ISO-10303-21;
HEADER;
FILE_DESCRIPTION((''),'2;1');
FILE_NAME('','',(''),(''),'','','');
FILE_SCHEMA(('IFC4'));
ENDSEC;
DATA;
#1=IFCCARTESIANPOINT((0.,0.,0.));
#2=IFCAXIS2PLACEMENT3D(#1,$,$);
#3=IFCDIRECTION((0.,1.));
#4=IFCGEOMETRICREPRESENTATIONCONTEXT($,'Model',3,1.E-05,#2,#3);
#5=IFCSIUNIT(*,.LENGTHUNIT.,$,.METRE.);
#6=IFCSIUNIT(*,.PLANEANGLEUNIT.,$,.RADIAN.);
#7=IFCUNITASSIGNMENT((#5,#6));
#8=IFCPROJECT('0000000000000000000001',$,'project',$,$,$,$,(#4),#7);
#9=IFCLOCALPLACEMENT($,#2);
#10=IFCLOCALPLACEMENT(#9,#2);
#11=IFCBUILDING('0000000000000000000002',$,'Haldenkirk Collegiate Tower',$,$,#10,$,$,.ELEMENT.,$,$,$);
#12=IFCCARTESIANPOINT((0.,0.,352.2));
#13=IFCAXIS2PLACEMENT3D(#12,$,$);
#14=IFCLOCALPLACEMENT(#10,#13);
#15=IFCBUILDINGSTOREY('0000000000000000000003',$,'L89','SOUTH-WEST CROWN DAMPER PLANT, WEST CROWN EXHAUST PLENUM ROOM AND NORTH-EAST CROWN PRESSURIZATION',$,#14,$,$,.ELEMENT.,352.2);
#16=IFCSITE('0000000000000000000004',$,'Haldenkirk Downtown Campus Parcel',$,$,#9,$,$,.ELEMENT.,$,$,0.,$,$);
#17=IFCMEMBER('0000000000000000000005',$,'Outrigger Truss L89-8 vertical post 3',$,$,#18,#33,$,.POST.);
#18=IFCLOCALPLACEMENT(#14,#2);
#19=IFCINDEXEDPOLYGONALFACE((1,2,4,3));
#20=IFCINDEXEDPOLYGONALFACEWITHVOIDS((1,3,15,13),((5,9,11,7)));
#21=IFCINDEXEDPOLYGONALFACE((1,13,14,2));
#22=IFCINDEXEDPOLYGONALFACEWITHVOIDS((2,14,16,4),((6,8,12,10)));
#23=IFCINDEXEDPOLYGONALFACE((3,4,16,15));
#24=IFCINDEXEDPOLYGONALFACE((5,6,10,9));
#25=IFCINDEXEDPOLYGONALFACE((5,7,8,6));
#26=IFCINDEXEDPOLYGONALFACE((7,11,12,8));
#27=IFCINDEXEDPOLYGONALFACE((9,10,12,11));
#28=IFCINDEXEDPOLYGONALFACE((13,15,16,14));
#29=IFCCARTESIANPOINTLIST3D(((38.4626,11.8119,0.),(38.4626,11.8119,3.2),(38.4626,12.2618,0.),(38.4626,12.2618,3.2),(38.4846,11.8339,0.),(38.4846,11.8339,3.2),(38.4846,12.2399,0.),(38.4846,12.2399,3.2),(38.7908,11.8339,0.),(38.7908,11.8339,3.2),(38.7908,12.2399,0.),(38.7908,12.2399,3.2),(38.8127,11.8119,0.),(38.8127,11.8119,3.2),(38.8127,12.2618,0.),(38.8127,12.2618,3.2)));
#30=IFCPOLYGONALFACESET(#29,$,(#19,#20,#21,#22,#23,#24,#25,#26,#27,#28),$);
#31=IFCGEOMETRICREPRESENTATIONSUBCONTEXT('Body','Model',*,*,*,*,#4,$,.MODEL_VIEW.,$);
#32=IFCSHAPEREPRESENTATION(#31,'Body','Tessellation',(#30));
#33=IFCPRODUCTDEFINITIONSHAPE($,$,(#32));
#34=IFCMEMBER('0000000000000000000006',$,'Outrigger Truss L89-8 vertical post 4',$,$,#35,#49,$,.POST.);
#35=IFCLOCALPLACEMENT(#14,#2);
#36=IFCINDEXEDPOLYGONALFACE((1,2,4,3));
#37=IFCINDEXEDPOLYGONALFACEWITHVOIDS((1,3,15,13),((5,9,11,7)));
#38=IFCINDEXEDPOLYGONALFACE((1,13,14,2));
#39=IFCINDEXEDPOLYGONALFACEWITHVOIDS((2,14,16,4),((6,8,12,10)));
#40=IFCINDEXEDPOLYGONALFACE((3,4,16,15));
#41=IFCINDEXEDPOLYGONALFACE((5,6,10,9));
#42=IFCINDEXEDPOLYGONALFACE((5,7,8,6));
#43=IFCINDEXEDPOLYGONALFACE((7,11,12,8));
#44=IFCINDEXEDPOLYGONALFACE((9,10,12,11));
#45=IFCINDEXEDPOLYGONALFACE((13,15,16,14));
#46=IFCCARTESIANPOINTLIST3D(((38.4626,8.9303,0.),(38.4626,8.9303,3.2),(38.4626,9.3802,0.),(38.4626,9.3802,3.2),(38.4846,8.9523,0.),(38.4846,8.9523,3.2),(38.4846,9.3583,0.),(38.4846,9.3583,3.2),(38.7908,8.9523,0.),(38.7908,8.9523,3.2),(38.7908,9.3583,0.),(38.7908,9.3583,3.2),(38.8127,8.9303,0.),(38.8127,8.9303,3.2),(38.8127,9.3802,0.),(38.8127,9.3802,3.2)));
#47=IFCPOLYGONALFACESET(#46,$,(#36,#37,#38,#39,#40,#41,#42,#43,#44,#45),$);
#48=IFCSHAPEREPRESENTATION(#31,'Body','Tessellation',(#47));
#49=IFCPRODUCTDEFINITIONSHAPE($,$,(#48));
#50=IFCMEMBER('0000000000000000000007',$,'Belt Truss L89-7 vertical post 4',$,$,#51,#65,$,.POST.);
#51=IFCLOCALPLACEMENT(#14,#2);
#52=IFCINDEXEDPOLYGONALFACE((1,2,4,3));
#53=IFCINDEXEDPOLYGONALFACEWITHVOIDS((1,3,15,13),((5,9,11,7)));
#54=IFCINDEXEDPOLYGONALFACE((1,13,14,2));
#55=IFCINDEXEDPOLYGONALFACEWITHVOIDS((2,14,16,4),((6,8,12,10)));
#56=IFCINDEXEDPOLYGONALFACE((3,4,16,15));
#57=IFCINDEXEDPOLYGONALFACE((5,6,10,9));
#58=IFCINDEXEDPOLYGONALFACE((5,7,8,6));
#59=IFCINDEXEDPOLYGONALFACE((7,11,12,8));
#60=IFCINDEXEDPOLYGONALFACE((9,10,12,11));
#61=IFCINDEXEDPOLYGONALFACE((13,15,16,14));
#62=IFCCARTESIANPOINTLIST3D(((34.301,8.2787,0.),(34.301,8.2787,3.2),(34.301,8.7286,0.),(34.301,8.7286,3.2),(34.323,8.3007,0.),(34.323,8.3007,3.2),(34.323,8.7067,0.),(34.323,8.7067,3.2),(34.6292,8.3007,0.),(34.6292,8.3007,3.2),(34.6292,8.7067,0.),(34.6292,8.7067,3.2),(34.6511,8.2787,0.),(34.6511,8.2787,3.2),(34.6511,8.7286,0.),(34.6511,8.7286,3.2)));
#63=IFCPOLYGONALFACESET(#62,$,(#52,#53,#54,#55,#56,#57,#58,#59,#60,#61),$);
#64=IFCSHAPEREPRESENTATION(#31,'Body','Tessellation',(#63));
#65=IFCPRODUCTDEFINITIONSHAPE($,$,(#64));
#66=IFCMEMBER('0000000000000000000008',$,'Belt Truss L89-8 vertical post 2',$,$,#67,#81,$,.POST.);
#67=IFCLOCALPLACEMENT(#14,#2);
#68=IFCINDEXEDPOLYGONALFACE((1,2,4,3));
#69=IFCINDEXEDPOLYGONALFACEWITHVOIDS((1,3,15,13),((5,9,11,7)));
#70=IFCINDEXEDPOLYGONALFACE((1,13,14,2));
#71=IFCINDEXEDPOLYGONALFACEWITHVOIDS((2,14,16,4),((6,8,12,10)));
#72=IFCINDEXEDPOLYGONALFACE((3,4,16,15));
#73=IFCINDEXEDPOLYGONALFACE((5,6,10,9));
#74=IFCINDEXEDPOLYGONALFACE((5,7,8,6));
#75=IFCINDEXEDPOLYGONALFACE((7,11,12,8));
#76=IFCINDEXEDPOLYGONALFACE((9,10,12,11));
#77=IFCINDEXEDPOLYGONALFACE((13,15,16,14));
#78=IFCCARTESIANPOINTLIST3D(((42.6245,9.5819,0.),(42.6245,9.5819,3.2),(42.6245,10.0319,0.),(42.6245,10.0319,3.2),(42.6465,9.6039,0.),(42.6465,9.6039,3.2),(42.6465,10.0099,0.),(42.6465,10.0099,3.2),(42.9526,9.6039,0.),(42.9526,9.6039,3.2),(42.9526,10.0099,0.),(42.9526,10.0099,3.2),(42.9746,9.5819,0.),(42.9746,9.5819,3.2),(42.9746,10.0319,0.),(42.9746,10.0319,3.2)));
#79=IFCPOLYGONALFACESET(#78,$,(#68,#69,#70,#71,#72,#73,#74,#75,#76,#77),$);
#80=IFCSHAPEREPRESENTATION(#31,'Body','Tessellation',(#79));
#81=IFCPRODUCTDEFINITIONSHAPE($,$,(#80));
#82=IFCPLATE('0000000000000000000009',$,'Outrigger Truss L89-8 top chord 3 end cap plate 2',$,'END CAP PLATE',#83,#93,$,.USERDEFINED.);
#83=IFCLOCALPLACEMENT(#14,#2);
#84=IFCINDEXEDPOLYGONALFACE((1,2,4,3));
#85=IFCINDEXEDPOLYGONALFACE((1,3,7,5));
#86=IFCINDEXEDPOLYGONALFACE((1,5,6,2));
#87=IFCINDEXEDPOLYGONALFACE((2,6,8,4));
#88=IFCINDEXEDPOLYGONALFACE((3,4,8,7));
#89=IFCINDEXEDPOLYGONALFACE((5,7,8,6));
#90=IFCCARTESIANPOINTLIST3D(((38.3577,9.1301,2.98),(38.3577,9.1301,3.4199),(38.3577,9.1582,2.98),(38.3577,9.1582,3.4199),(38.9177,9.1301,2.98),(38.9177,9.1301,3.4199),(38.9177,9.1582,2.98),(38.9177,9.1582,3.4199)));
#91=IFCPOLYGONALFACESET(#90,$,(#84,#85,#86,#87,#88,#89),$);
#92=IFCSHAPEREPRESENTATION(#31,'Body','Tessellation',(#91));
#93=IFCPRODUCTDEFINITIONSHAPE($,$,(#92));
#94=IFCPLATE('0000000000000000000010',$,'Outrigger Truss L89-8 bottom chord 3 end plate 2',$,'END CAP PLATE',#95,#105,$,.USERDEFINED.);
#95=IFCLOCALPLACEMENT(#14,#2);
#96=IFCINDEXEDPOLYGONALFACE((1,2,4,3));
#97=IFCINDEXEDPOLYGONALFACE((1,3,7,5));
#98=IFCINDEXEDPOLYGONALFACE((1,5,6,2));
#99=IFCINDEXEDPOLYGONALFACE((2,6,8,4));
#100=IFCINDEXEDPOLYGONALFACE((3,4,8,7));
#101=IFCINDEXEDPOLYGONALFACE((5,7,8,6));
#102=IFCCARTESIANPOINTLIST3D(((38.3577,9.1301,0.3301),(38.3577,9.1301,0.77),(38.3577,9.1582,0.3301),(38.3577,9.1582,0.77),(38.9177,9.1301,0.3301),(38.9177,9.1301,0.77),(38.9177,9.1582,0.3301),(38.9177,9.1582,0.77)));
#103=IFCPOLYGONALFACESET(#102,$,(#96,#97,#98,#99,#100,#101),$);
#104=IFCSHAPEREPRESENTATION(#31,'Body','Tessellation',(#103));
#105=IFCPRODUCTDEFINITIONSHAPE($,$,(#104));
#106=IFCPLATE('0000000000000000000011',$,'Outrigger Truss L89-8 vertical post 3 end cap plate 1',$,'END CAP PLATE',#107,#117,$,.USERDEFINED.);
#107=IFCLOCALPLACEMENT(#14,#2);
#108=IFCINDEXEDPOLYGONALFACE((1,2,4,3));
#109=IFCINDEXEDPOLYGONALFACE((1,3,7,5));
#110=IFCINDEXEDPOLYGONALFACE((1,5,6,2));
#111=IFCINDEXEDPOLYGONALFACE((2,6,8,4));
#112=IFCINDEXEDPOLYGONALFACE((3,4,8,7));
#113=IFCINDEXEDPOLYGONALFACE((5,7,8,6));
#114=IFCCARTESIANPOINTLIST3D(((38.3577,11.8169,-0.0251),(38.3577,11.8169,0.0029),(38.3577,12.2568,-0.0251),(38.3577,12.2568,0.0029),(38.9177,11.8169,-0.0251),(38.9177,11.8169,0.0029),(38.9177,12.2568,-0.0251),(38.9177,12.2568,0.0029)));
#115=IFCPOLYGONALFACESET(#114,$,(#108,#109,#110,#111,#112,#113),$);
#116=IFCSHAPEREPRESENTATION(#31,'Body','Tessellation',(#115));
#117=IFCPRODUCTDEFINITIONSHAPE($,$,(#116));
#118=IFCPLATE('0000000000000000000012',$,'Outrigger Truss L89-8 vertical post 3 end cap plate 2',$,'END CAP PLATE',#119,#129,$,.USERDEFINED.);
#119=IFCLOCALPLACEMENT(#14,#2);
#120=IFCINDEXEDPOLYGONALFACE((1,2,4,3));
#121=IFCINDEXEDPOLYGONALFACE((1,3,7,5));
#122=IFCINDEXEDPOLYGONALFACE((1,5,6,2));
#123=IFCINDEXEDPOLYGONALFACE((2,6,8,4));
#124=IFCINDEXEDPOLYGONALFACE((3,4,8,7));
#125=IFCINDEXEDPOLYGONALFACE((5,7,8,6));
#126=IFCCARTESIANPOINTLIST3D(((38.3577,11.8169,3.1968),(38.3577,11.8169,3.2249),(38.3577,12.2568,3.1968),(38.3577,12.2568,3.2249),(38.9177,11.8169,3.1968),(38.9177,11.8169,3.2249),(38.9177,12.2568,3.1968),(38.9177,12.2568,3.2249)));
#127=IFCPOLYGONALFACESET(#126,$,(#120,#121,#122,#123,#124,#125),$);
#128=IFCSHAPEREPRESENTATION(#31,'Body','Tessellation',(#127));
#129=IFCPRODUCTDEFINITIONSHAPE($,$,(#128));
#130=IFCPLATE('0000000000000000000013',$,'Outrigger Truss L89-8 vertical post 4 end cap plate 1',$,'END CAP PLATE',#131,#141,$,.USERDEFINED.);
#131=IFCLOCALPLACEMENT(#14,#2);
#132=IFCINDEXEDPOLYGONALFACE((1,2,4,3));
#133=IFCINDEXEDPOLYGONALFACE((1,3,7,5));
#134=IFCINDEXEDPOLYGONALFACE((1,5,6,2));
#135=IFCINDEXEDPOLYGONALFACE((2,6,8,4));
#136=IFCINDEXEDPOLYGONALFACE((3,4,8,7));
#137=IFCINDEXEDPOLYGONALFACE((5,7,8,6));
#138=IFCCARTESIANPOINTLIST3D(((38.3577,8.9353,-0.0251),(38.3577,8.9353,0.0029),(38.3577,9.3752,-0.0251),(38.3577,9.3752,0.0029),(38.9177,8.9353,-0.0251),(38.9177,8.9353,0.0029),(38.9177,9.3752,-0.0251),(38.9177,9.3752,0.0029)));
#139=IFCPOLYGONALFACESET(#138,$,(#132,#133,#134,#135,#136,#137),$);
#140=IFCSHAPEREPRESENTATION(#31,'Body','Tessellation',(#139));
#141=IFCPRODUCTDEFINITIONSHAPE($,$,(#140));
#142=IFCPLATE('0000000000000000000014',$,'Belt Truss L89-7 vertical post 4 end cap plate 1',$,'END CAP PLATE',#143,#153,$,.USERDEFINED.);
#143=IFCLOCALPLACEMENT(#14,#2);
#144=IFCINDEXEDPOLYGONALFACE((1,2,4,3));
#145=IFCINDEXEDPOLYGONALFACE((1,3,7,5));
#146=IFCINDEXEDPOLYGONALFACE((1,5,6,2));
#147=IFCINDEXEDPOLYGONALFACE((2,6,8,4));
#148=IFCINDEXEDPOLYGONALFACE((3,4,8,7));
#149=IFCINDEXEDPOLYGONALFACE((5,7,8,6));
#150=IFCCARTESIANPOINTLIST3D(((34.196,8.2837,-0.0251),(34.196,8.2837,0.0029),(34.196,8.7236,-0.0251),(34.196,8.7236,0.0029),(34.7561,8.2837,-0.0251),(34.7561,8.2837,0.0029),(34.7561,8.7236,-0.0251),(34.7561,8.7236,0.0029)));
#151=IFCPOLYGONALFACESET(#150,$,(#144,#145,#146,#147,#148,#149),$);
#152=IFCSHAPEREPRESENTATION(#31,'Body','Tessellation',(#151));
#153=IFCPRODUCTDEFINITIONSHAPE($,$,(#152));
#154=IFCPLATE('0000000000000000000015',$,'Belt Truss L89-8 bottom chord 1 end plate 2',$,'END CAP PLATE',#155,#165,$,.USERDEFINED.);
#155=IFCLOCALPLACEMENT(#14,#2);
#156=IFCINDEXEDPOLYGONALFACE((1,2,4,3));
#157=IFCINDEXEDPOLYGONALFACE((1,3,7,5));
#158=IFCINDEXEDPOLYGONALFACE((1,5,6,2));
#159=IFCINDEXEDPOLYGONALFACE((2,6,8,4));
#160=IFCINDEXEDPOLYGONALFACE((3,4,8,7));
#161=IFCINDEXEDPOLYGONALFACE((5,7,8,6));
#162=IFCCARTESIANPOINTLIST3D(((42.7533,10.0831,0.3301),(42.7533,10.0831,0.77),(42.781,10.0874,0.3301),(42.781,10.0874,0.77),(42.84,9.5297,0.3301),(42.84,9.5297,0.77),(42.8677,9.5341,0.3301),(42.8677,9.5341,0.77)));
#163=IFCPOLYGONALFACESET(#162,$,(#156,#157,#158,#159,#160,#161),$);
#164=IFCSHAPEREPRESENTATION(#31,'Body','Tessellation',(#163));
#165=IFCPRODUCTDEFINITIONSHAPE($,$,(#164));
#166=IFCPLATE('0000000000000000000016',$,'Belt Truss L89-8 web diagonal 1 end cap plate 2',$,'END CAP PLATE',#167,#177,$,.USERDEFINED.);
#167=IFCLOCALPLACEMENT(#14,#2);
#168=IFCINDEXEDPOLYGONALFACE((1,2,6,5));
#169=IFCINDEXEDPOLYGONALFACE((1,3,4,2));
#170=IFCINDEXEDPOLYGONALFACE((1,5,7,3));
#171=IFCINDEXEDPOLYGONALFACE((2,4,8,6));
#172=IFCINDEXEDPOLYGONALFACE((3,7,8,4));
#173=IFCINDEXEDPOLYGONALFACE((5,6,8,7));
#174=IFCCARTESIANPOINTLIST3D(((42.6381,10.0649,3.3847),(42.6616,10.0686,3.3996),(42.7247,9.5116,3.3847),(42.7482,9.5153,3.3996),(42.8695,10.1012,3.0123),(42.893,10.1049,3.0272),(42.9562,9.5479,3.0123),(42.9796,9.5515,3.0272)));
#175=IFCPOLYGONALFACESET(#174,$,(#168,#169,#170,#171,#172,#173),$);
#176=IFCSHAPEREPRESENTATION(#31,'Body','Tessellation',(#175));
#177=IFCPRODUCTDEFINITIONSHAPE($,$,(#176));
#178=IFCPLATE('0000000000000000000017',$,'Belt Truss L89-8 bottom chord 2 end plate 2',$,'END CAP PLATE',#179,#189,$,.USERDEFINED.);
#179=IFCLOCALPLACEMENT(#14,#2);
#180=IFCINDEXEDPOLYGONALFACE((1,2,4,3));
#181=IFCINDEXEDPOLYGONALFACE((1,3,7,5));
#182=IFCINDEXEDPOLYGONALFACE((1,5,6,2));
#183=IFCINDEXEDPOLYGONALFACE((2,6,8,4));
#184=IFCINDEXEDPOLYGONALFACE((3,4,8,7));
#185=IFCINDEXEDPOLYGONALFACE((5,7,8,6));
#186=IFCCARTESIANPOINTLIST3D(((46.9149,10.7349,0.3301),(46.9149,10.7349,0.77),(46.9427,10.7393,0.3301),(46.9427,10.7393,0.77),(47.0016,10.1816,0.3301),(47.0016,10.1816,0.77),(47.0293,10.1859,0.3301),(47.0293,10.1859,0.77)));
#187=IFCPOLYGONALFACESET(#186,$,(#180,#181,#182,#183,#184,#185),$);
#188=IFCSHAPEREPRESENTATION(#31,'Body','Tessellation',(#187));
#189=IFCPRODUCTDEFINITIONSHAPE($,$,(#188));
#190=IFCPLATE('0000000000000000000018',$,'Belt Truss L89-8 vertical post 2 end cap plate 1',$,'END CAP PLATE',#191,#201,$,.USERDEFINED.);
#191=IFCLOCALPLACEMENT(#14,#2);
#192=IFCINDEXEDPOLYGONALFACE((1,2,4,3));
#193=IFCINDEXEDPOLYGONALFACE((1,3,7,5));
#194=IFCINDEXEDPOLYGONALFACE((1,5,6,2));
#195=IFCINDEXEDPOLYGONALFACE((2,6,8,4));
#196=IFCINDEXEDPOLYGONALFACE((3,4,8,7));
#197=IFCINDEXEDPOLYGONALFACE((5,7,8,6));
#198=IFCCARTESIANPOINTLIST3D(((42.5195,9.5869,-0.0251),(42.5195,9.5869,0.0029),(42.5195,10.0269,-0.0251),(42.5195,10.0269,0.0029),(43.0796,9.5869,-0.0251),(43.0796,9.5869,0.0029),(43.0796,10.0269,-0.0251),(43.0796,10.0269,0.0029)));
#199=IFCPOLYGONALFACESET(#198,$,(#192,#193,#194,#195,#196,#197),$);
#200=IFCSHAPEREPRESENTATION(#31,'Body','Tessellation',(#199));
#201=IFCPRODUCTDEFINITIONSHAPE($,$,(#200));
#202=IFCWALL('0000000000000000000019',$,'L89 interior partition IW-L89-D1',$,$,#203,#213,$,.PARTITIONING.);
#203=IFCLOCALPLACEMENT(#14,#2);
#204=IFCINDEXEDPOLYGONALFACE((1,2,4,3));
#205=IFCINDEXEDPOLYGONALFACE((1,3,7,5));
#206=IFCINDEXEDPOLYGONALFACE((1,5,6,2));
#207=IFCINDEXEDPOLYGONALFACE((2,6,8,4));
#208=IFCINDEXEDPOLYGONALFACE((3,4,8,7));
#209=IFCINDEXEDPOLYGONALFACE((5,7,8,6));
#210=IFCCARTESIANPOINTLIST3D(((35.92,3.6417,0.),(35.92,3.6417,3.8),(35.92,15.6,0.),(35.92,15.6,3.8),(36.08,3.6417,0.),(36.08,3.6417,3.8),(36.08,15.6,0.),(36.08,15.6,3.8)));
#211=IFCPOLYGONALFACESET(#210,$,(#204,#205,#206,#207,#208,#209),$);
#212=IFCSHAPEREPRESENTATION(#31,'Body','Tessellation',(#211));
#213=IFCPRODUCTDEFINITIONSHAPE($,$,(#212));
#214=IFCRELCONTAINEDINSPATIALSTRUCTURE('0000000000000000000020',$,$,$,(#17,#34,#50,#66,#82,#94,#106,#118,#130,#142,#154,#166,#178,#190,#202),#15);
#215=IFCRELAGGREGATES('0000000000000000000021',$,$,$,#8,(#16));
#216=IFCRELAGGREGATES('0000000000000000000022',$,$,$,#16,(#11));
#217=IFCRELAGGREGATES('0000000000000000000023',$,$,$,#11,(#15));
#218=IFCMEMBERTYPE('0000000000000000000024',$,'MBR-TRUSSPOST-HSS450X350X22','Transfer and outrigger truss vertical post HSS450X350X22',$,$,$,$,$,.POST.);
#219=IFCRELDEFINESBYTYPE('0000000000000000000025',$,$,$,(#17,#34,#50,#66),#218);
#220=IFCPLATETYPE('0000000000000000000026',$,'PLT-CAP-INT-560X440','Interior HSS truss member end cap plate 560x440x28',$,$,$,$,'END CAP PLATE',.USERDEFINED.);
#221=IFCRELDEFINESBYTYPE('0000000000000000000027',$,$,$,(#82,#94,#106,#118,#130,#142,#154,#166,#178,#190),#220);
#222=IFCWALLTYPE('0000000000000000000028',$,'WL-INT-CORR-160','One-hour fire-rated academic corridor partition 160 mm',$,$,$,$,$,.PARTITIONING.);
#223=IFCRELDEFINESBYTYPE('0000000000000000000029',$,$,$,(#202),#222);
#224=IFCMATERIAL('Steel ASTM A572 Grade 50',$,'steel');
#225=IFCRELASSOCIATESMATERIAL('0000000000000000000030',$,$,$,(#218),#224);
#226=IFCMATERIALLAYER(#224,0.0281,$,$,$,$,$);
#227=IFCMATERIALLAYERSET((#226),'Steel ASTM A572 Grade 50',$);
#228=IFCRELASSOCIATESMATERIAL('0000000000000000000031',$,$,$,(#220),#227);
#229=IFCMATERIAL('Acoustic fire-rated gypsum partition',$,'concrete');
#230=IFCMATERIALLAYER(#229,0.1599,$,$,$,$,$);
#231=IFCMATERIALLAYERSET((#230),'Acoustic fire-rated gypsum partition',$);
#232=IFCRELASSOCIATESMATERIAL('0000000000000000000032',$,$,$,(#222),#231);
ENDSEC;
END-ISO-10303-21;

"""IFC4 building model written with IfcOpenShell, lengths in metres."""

from ifc_helpers import new_model, si_unit, direction, frame, frame_2d, origin, origin_2d, place, context, subcontext, project, spatial, rectangle, hollow_rectangle, extrude, source, transform, mapped, material, layer, layer_set, material_profile, profile_set, type_object, element, save


model = new_model("IFC4")

# Units and contexts
model_context = context("Model", 3, precision=1e-05, world=origin(), true_north=direction((0.0, 1.0)))
body_context = subcontext(model_context, "Body", "Model", "MODEL_VIEW")
ifc_project = project(units=[si_unit("LENGTHUNIT", "METRE"), si_unit("PLANEANGLEUNIT", "RADIAN")], contexts=[model_context])

# Site, building, storey
site_placement = place(None, origin())
site = spatial("IfcSite", under=ifc_project, at=site_placement, Name="Haldenkirk Downtown Campus Parcel", CompositionType="ELEMENT", RefElevation=0.0)
building_placement = place(site_placement, origin())
building = spatial("IfcBuilding", under=site, at=building_placement, Name="Haldenkirk Collegiate Tower", CompositionType="ELEMENT")
storey_placement = place(building_placement, frame((0.0, 0.0, 352.2)))
storey = spatial("IfcBuildingStorey", under=building, at=storey_placement, Name="L89", Description="SOUTH-WEST CROWN DAMPER PLANT, WEST CROWN EXHAUST PLENUM ROOM AND NORTH-EAST CROWN PRESSURIZATION", CompositionType="ELEMENT", Elevation=352.2)

# Members
ifc_material_1 = material(Name="Steel ASTM A572 Grade 50", Category="steel")
ifc_material_profile_1 = material_profile(ifc_material_1, hollow_rectangle(XDim=0.3501, YDim=0.45, WallThickness=0.022, at=origin_2d()), Name="HSS450X350X22")
ifc_profile_set_1 = profile_set([ifc_material_profile_1], Name="Steel ASTM A572 Grade 50")
member_type_1 = type_object("IfcMemberType", Name="MBR-TRUSSPOST-HSS450X350X22", Description="Transfer and outrigger truss vertical post HSS450X350X22", PredefinedType="POST", material=ifc_profile_set_1)
for number, where, z_axis, x_axis, name in (
    (1, (38.6377, 12.0369, 0.0), (0.0, 0.0, 1.0), (1.0, 0.0, 0.0), "Outrigger Truss L89-8 vertical post 3"),
    (2, (38.6377, 9.1553, 0.0), (0.0, 0.0, 1.0), (1.0, 0.0, 0.0), "Outrigger Truss L89-8 vertical post 4"),
    (3, (34.4761, 8.5037, 0.0), (0.0, 0.0, 1.0), (1.0, 0.0, 0.0), "Belt Truss L89-7 vertical post 4"),
    (4, (42.7996, 9.8069, 0.0), (0.0, 0.0, 1.0), (1.0, 0.0, 0.0), "Belt Truss L89-8 vertical post 2"),
):
    element("IfcMember", number, at=place(storey_placement, frame(where, z_axis=z_axis, x_axis=x_axis)), inside=storey, type_object=member_type_1, Name=name, PredefinedType="POST", context=body_context, shape_type="SweptSolid", body=[
        extrude(hollow_rectangle(XDim=0.3501, YDim=0.45, WallThickness=0.022, at=origin_2d()), origin(), (0.0, 0.0, 1.0), 3.2),
    ])

# Plates
ifc_layer_1 = layer(ifc_material_1, 0.0281)
ifc_layer_set_1 = layer_set([ifc_layer_1], Name="Steel ASTM A572 Grade 50")
plate_type = type_object("IfcPlateType", Name="PLT-CAP-INT-560X440", Description="Interior HSS truss member end cap plate 560x440x28", ElementType="END CAP PLATE", PredefinedType="USERDEFINED", material=ifc_layer_set_1)
shared_shape = source(origin(), body_context, "Body", "SweptSolid", [
    extrude(rectangle(XDim=0.5601, YDim=0.4399, at=origin_2d()), origin(), (0.0, 0.0, 1.0), 0.0281),
])
for number, where, z_axis, x_axis, name in (
    (5, (38.6377, 9.1582, 3.2), (0.0, -1.0, 0.0), (1.0, 0.0, 0.0), "Outrigger Truss L89-8 top chord 3 end cap plate 2"),
    (6, (38.6377, 9.1582, 0.55), (0.0, -1.0, 0.0), (1.0, 0.0, 0.0), "Outrigger Truss L89-8 bottom chord 3 end plate 2"),
    (7, (38.6377, 12.0369, 0.0029), (0.0, 0.0, -1.0), (1.0, 0.0, 0.0), "Outrigger Truss L89-8 vertical post 3 end cap plate 1"),
    (8, (38.6377, 12.0369, 3.1968), (0.0, 0.0, 1.0), (1.0, 0.0, 0.0), "Outrigger Truss L89-8 vertical post 3 end cap plate 2"),
    (9, (38.6377, 9.1553, 0.0029), (0.0, 0.0, -1.0), (1.0, 0.0, 0.0), "Outrigger Truss L89-8 vertical post 4 end cap plate 1"),
    (10, (34.4761, 8.5037, 0.0029), (0.0, 0.0, -1.0), (1.0, 0.0, 0.0), "Belt Truss L89-7 vertical post 4 end cap plate 1"),
    (11, (42.7966, 9.8064, 0.55), (0.98796, 0.154712, 0.0), (-0.154712, 0.98796, 0.0), "Belt Truss L89-8 bottom chord 1 end plate 2"),
    (12, (42.7971, 9.8064, 3.1985), (0.836253, 0.13095, 0.532479), (-0.154706, 0.987961, 0.0), "Belt Truss L89-8 web diagonal 1 end cap plate 2"),
    (13, (46.9583, 10.4583, 0.55), (0.98796, 0.154712, 0.0), (-0.154712, 0.98796, 0.0), "Belt Truss L89-8 bottom chord 2 end plate 2"),
    (14, (42.7996, 9.8069, 0.0029), (0.0, 0.0, -1.0), (1.0, 0.0, 0.0), "Belt Truss L89-8 vertical post 2 end cap plate 1"),
):
    element("IfcPlate", number, at=place(storey_placement, frame(where, z_axis=z_axis, x_axis=x_axis)), inside=storey, type_object=plate_type, Name=name, ObjectType="END CAP PLATE", PredefinedType="USERDEFINED", context=body_context, shape_type="MappedRepresentation", body=[
        mapped(shared_shape, transform((0.0, 0.0, 0.0), x_axis=(1.0, 0.0, 0.0), y_axis=(0.0, 1.0, 0.0), z_axis=(0.0, 0.0, 1.0), scale=1.0)),
    ])

# Wall
ifc_material_2 = material(Name="Acoustic fire-rated gypsum partition", Category="concrete")
ifc_layer_2 = layer(ifc_material_2, 0.1599)
ifc_layer_set_2 = layer_set([ifc_layer_2], Name="Acoustic fire-rated gypsum partition")
wall_type = type_object("IfcWallType", Name="WL-INT-CORR-160", Description="One-hour fire-rated academic corridor partition 160 mm", PredefinedType="PARTITIONING", material=ifc_layer_set_2)
wall_placement = place(storey_placement, frame((36.0, 3.6418, 0.0), z_axis=(0.0, 0.0, 1.0), x_axis=(0.0, 1.0, 0.0)))
element("IfcWall", 15, at=wall_placement, inside=storey, type_object=wall_type, Name="L89 interior partition IW-L89-D1", PredefinedType="PARTITIONING", context=body_context, shape_type="SweptSolid", body=[
    extrude(rectangle(XDim=11.9583, YDim=0.1599, at=frame_2d((5.979, 0.0))), origin(), (0.0, 0.0, 1.0), 3.8),
])

save(model, "model.ifc")
